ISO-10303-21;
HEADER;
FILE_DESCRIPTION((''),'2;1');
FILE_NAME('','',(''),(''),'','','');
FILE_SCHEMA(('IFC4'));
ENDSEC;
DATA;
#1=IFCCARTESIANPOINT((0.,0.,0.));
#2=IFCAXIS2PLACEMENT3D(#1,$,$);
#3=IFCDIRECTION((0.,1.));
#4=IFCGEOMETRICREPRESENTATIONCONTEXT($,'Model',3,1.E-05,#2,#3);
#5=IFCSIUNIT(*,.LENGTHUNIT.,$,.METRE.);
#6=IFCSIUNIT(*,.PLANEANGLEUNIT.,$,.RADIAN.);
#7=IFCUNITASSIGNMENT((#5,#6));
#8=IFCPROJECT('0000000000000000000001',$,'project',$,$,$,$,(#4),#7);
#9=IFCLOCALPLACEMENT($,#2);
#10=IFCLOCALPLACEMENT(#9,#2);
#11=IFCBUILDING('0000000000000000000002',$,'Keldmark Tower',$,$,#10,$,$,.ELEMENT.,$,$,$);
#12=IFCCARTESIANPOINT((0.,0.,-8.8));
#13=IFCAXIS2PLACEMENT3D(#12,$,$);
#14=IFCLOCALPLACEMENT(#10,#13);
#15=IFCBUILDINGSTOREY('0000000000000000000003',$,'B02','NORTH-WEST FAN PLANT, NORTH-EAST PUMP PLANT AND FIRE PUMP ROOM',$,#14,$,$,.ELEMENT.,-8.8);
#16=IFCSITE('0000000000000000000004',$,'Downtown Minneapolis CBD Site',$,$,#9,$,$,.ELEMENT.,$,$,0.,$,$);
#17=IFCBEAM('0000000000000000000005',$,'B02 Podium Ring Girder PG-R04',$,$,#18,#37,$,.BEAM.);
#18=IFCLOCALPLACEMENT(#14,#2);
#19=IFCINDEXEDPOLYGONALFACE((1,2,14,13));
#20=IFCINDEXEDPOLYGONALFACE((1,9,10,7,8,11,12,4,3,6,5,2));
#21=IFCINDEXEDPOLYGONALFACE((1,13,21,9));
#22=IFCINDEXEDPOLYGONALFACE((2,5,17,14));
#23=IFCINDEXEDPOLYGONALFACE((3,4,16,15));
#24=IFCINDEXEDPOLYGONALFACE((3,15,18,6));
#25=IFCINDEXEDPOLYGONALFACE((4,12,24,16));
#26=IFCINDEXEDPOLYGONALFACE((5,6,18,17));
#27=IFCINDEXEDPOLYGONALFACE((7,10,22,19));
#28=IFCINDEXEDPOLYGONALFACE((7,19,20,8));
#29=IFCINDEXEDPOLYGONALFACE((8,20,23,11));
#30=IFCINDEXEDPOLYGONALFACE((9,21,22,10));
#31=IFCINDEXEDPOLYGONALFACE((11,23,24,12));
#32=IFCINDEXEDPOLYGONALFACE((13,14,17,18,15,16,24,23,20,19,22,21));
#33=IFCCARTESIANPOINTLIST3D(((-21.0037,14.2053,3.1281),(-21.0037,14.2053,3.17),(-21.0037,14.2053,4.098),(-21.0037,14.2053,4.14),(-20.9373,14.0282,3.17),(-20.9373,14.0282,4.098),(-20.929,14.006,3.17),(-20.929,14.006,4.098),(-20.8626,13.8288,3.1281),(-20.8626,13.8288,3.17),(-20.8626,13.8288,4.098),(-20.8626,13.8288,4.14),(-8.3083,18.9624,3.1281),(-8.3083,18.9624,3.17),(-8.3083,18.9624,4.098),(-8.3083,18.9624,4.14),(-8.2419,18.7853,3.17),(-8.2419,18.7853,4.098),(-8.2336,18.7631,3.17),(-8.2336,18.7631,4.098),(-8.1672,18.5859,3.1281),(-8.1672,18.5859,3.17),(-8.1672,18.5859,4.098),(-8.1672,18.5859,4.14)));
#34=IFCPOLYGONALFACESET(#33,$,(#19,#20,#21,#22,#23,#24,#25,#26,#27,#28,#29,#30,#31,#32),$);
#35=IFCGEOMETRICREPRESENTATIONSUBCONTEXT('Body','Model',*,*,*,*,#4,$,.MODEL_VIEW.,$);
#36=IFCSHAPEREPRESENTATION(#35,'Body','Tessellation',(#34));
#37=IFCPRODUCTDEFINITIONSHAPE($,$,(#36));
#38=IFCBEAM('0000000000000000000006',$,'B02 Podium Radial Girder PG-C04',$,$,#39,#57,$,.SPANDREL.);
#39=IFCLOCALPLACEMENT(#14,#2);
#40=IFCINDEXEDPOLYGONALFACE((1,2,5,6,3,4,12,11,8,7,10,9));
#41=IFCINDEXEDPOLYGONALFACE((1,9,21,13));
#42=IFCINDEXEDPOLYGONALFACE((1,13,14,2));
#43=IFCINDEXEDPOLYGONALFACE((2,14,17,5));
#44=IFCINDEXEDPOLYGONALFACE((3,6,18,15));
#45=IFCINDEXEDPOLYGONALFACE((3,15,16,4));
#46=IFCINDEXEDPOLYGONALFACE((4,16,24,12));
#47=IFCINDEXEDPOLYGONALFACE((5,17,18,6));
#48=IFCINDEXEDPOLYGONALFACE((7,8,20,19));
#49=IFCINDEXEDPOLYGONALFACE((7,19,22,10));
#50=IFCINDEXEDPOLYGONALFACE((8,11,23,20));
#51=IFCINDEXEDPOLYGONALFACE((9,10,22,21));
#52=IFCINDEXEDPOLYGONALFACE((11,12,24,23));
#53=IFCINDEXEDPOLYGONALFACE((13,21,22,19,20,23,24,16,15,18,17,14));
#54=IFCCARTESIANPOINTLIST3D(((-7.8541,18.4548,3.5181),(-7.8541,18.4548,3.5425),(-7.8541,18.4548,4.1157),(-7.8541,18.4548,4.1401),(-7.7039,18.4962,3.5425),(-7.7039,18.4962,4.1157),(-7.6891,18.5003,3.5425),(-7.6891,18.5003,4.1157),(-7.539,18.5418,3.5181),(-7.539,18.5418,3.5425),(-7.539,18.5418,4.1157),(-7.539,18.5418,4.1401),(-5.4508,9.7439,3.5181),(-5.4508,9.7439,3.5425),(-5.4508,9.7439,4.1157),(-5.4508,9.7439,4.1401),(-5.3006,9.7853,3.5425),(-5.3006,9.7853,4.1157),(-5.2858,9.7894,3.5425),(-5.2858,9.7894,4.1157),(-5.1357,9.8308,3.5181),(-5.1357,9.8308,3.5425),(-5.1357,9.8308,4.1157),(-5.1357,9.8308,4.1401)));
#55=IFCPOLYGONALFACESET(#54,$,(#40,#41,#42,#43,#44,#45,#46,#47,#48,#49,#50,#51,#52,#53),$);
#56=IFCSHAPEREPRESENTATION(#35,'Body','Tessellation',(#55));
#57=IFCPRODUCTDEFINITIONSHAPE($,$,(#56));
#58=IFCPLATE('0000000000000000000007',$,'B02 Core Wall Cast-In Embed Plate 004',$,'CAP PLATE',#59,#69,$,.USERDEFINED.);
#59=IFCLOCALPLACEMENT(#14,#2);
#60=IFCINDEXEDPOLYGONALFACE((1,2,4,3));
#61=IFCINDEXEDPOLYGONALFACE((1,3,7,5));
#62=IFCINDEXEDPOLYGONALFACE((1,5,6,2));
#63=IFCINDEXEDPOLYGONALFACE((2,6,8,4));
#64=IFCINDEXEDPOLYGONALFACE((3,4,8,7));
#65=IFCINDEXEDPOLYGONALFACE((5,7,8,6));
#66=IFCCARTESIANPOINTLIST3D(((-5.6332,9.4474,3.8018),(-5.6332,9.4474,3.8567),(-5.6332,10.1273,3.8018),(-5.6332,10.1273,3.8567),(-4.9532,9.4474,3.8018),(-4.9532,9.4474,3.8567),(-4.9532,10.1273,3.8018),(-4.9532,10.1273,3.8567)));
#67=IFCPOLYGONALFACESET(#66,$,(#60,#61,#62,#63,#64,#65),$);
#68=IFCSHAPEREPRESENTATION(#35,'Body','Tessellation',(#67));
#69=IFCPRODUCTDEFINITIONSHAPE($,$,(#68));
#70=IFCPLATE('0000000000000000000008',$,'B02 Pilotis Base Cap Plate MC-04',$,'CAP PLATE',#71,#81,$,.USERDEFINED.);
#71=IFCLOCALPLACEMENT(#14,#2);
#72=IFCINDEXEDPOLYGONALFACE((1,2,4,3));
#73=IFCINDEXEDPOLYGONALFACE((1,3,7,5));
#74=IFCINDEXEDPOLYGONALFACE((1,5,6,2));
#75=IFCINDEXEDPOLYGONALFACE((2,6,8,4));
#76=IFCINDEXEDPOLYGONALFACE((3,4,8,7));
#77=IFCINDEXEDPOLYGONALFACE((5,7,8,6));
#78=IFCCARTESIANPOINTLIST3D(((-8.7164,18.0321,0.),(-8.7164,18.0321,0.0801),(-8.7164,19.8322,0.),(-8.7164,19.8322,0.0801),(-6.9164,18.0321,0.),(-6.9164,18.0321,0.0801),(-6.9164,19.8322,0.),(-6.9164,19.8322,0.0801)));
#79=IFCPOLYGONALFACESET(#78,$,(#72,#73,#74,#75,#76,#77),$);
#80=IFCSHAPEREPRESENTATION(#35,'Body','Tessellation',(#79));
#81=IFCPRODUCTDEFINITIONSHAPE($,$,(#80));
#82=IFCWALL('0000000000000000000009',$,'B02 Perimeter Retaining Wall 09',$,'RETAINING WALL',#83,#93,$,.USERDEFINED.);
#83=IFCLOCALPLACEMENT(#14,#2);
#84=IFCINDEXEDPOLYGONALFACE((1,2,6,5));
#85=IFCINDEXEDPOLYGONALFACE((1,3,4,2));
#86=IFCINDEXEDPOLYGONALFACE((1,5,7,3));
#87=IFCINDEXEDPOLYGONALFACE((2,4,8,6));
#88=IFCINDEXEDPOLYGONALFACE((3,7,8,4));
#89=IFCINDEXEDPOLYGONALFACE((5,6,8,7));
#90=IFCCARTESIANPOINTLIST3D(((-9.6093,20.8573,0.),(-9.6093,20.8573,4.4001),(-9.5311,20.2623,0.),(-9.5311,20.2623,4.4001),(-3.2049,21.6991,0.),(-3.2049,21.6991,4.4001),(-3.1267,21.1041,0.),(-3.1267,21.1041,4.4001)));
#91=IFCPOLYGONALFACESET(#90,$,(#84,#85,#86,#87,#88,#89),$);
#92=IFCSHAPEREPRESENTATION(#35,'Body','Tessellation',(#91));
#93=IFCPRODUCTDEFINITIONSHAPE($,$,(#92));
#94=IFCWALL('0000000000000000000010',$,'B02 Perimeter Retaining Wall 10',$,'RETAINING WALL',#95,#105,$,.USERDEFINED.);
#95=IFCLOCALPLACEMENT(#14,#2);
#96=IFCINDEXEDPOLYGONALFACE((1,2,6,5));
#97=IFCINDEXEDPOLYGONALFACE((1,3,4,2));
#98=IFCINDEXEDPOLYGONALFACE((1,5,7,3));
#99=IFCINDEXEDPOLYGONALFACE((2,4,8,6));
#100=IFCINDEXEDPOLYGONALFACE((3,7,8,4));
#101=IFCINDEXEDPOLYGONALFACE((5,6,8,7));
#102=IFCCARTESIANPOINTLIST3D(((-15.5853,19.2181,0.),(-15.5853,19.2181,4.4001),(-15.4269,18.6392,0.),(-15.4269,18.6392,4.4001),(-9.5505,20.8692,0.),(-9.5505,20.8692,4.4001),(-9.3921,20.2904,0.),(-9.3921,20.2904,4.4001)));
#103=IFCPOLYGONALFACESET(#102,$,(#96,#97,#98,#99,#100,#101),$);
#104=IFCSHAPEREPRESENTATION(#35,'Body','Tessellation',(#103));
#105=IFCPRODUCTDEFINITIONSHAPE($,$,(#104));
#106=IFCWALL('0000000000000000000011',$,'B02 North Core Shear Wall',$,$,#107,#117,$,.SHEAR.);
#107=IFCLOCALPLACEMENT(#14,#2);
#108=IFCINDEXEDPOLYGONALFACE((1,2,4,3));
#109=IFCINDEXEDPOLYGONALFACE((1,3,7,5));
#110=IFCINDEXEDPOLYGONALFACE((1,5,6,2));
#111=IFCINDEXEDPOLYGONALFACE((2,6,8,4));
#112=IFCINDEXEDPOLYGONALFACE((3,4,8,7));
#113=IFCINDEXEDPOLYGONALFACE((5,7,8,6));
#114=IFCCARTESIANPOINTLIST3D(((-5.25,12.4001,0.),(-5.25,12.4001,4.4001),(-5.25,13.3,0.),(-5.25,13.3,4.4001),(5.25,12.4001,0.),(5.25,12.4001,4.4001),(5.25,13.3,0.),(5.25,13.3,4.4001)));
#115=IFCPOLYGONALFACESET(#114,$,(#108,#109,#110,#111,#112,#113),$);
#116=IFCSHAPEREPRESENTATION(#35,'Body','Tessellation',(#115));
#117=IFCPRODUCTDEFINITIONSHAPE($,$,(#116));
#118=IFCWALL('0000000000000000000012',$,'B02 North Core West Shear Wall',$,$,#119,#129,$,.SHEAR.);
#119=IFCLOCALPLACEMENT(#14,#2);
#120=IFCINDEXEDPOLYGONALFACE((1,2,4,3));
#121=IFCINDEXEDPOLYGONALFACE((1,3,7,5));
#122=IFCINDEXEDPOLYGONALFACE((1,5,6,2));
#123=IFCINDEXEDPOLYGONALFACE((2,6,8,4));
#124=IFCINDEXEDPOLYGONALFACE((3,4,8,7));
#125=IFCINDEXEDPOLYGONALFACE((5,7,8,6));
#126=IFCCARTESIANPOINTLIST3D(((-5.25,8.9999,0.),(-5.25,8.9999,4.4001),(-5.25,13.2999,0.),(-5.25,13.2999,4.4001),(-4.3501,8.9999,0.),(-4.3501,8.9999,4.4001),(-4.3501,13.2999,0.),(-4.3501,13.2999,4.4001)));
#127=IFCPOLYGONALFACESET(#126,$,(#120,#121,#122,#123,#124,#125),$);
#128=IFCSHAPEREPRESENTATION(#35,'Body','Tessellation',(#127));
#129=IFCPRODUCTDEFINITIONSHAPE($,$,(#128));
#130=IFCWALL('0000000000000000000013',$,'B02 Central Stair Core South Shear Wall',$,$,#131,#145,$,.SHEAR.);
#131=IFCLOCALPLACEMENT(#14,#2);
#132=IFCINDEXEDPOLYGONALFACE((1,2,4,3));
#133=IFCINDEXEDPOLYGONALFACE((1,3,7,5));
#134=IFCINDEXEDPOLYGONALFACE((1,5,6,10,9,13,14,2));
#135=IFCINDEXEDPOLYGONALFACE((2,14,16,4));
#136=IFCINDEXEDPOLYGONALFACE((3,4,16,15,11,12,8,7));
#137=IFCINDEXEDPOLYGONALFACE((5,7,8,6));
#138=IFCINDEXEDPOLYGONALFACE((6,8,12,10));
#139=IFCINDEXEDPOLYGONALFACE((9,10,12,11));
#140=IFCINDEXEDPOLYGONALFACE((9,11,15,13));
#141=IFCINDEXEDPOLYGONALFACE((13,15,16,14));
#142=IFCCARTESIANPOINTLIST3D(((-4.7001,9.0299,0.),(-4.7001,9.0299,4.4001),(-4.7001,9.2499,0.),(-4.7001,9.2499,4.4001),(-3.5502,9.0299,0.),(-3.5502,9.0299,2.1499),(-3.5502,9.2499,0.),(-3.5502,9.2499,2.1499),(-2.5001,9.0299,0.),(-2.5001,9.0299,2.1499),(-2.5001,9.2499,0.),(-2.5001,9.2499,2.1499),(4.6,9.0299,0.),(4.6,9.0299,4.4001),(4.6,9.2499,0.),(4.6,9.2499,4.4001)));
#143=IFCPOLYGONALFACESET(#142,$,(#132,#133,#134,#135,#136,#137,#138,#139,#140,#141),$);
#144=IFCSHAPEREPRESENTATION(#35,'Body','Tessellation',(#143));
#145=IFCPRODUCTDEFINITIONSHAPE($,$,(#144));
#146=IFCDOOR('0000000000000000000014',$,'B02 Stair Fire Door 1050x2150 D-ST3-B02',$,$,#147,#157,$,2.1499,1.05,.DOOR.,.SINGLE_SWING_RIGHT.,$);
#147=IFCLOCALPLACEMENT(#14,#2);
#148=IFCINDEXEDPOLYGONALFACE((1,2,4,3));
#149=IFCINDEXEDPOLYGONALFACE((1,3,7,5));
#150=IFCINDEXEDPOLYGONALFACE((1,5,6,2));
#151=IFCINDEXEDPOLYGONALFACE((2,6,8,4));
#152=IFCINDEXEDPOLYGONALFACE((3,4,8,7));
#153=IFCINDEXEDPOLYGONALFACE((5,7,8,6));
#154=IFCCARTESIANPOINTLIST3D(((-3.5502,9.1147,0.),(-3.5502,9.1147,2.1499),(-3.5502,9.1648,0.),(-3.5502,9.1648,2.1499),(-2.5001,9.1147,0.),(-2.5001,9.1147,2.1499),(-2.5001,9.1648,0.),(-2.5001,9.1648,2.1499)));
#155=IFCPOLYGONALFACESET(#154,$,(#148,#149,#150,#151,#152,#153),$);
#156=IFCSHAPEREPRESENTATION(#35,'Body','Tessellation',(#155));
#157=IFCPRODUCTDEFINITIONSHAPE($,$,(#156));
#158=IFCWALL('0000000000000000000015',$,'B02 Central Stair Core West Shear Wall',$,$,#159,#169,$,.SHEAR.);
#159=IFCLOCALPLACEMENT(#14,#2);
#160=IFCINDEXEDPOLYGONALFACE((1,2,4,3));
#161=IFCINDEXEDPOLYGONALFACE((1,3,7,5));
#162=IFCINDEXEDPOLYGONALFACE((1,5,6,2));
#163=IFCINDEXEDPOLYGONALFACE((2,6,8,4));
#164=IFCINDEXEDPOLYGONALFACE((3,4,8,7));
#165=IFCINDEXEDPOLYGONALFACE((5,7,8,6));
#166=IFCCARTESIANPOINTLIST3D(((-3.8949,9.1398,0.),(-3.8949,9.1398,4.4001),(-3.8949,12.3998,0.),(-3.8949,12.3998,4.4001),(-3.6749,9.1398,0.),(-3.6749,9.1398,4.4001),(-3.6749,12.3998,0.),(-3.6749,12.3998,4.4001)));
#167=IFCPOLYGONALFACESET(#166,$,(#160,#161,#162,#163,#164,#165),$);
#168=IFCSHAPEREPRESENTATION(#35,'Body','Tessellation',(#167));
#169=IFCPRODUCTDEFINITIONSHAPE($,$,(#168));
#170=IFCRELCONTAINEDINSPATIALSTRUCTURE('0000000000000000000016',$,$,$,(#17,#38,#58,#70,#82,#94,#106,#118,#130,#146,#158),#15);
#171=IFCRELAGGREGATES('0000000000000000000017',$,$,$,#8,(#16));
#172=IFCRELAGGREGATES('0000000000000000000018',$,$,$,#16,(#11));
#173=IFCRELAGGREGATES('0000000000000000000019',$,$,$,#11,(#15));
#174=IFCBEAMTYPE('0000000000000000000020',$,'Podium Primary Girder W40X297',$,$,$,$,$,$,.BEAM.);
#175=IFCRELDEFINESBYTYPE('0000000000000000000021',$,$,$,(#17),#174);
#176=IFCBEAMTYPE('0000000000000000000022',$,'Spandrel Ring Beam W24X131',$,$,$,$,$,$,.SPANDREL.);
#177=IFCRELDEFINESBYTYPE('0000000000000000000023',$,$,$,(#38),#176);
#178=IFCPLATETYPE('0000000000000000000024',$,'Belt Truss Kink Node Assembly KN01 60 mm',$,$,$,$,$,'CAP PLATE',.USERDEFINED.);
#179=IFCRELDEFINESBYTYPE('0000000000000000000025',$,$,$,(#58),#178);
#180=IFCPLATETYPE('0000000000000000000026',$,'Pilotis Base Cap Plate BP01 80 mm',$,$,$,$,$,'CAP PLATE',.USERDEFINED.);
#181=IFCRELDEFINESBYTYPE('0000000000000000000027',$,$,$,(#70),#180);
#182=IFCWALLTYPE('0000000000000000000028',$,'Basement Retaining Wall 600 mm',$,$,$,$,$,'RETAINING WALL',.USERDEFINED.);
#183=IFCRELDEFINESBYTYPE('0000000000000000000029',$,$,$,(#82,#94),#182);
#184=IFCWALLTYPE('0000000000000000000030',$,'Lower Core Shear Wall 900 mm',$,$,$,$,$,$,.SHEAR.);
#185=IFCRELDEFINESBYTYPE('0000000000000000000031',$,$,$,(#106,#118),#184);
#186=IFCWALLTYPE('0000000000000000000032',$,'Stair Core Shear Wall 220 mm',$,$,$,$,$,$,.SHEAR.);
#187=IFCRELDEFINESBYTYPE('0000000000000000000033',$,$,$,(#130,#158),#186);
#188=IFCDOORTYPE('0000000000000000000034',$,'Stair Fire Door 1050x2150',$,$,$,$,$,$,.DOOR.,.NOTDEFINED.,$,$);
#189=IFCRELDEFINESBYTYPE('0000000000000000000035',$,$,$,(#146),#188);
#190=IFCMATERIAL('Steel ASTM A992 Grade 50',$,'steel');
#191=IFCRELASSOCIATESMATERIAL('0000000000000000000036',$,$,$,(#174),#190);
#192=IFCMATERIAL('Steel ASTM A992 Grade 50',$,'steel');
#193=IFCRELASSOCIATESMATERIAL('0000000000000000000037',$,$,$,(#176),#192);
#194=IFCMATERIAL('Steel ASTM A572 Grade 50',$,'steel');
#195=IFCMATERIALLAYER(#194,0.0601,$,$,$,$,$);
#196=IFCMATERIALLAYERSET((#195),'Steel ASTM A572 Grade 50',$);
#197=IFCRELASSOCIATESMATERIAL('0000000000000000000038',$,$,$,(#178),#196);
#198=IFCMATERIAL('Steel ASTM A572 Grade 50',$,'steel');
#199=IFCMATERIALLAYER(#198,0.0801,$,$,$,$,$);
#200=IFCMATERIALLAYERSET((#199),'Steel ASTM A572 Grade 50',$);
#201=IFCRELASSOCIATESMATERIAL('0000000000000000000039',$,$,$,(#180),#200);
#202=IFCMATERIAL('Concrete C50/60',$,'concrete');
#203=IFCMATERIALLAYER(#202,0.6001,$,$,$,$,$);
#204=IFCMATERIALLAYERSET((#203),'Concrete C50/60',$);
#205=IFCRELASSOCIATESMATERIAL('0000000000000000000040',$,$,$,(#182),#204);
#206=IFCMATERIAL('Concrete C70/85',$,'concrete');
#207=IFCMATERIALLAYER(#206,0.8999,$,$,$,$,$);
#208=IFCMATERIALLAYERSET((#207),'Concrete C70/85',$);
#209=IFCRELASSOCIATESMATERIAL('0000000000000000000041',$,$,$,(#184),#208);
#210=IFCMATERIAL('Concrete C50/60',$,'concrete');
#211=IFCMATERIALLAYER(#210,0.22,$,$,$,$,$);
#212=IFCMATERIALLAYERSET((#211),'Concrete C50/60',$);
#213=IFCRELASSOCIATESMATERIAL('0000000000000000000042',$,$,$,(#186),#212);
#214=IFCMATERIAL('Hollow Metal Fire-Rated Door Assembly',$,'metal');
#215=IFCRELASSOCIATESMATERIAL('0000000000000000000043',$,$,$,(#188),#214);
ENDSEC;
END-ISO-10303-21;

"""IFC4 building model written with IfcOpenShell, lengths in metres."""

from ifc_helpers import new_model, si_unit, direction, frame, frame_2d, origin, origin_2d, place, context, subcontext, project, spatial, rectangle, i_section, extrude, material, layer, layer_set, material_profile, profile_set, type_object, element, fill, save


model = new_model("IFC4")

# Units and contexts
model_context = context("Model", 3, precision=1e-05, world=origin(), true_north=direction((0.0, 1.0)))
body_context = subcontext(model_context, "Body", "Model", "MODEL_VIEW")
ifc_project = project(units=[si_unit("LENGTHUNIT", "METRE"), si_unit("PLANEANGLEUNIT", "RADIAN")], contexts=[model_context])

# Site, building, storey
site_placement = place(None, origin())
site = spatial("IfcSite", under=ifc_project, at=site_placement, Name="Downtown Minneapolis CBD Site", CompositionType="ELEMENT", RefElevation=0.0)
building_placement = place(site_placement, origin())
building = spatial("IfcBuilding", under=site, at=building_placement, Name="Keldmark Tower", CompositionType="ELEMENT")
storey_placement = place(building_placement, frame((0.0, 0.0, -8.8)))
storey = spatial("IfcBuildingStorey", under=building, at=storey_placement, Name="B02", Description="NORTH-WEST FAN PLANT, NORTH-EAST PUMP PLANT AND FIRE PUMP ROOM", CompositionType="ELEMENT", Elevation=-8.8)

# Beams
ifc_material_1 = material(Name="Steel ASTM A992 Grade 50", Category="steel")
ifc_material_profile_1 = material_profile(ifc_material_1, i_section(OverallWidth=0.4021, OverallDepth=1.012, WebThickness=0.0237, FlangeThickness=0.042, at=origin_2d()), Name="W40X297")
ifc_profile_set_1 = profile_set([ifc_material_profile_1], Name="Steel ASTM A992 Grade 50")
beam_type_1 = type_object("IfcBeamType", Name="Podium Primary Girder W40X297", PredefinedType="BEAM", material=ifc_profile_set_1)
beam_1_placement = place(storey_placement, frame((-8.2378, 18.7742, 3.634), z_axis=(-0.936418, -0.350887, 0.0), x_axis=(0.350887, -0.936418, 0.0)))
element("IfcBeam", 1, at=beam_1_placement, inside=storey, type_object=beam_type_1, Name="B02 Podium Ring Girder PG-R04", PredefinedType="BEAM", context=body_context, shape_type="SweptSolid", body=[
    extrude(i_section(OverallWidth=0.4021, OverallDepth=1.012, WebThickness=0.0237, FlangeThickness=0.042, at=origin_2d()), origin(), (0.0, 0.0, 1.0), 13.5574),
])
ifc_material_2 = material(Name="Steel ASTM A992 Grade 50", Category="steel")
ifc_material_profile_2 = material_profile(ifc_material_2, i_section(OverallWidth=0.3269, OverallDepth=0.6221, WebThickness=0.0154, FlangeThickness=0.0244, at=origin_2d()), Name="W24X131")
ifc_profile_set_2 = profile_set([ifc_material_profile_2], Name="Steel ASTM A992 Grade 50")
beam_type_2 = type_object("IfcBeamType", Name="Spandrel Ring Beam W24X131", PredefinedType="SPANDREL", material=ifc_profile_set_2)
beam_2_placement = place(storey_placement, frame((-7.6965, 18.4983, 3.8291), z_axis=(0.26596, -0.963984, 0.0), x_axis=(0.963984, 0.26596, 0.0)))
element("IfcBeam", 2, at=beam_2_placement, inside=storey, type_object=beam_type_2, Name="B02 Podium Radial Girder PG-C04", PredefinedType="SPANDREL", context=body_context, shape_type="SweptSolid", body=[
    extrude(i_section(OverallWidth=0.3269, OverallDepth=0.6221, WebThickness=0.0154, FlangeThickness=0.0244, at=origin_2d()), origin(), (0.0, 0.0, 1.0), 9.0364),
])

# Plates
ifc_material_3 = material(Name="Steel ASTM A572 Grade 50", Category="steel")
ifc_layer_1 = layer(ifc_material_3, 0.0601)
ifc_layer_set_1 = layer_set([ifc_layer_1], Name="Steel ASTM A572 Grade 50")
plate_type_1 = type_object("IfcPlateType", Name="Belt Truss Kink Node Assembly KN01 60 mm", ElementType="CAP PLATE", PredefinedType="USERDEFINED", material=ifc_layer_set_1)
plate_1_placement = place(storey_placement, frame((-5.2932, 9.7874, 3.8018), z_axis=(0.0, 0.0, 1.0), x_axis=(1.0, 0.0, 0.0)))
element("IfcPlate", 3, at=plate_1_placement, inside=storey, type_object=plate_type_1, Name="B02 Core Wall Cast-In Embed Plate 004", ObjectType="CAP PLATE", PredefinedType="USERDEFINED", context=body_context, shape_type="SweptSolid", body=[
    extrude(rectangle(XDim=0.6799, YDim=0.6799, at=origin_2d()), origin(), (0.0, 0.0, 1.0), 0.0549),
])
ifc_material_4 = material(Name="Steel ASTM A572 Grade 50", Category="steel")
ifc_layer_2 = layer(ifc_material_4, 0.0801)
ifc_layer_set_2 = layer_set([ifc_layer_2], Name="Steel ASTM A572 Grade 50")
plate_type_2 = type_object("IfcPlateType", Name="Pilotis Base Cap Plate BP01 80 mm", ElementType="CAP PLATE", PredefinedType="USERDEFINED", material=ifc_layer_set_2)
plate_2_placement = place(storey_placement, frame((-7.8164, 18.9321, 0.0), z_axis=(0.0, 0.0, 1.0), x_axis=(1.0, 0.0, 0.0)))
element("IfcPlate", 4, at=plate_2_placement, inside=storey, type_object=plate_type_2, Name="B02 Pilotis Base Cap Plate MC-04", ObjectType="CAP PLATE", PredefinedType="USERDEFINED", context=body_context, shape_type="SweptSolid", body=[
    extrude(rectangle(XDim=1.8, YDim=1.8, at=origin_2d()), origin(), (0.0, 0.0, 1.0), 0.0801),
])

# Walls
ifc_material_5 = material(Name="Concrete C50/60", Category="concrete")
ifc_layer_3 = layer(ifc_material_5, 0.6001)
ifc_layer_set_3 = layer_set([ifc_layer_3], Name="Concrete C50/60")
wall_type_1 = type_object("IfcWallType", Name="Basement Retaining Wall 600 mm", ElementType="RETAINING WALL", PredefinedType="USERDEFINED", material=ifc_layer_set_3)
wall_1_placement = place(storey_placement, frame((-3.1658, 21.4016, 0.0), z_axis=(0.0, 0.0, 1.0), x_axis=(-0.991472, -0.130322, 0.0)))
element("IfcWall", 5, at=wall_1_placement, inside=storey, type_object=wall_type_1, Name="B02 Perimeter Retaining Wall 09", ObjectType="RETAINING WALL", PredefinedType="USERDEFINED", context=body_context, shape_type="SweptSolid", body=[
    extrude(rectangle(XDim=6.4595, YDim=0.6001, at=frame_2d((3.2297, 0.0))), origin(), (0.0, 0.0, 1.0), 4.4001),
])
wall_2_placement = place(storey_placement, frame((-9.4712, 20.5798, 0.0), z_axis=(0.0, 0.0, 1.0), x_axis=(-0.964548, -0.263906, 0.0)))
element("IfcWall", 6, at=wall_2_placement, inside=storey, type_object=wall_type_1, Name="B02 Perimeter Retaining Wall 10", ObjectType="RETAINING WALL", PredefinedType="USERDEFINED", context=body_context, shape_type="SweptSolid", body=[
    extrude(rectangle(XDim=6.2566, YDim=0.6001, at=frame_2d((3.1284, 0.0))), origin(), (0.0, 0.0, 1.0), 4.4001),
])
ifc_material_6 = material(Name="Concrete C70/85", Category="concrete")
ifc_layer_4 = layer(ifc_material_6, 0.8999)
ifc_layer_set_4 = layer_set([ifc_layer_4], Name="Concrete C70/85")
wall_type_2 = type_object("IfcWallType", Name="Lower Core Shear Wall 900 mm", PredefinedType="SHEAR", material=ifc_layer_set_4)
wall_3_placement = place(storey_placement, frame((-5.25, 12.8501, 0.0), z_axis=(0.0, 0.0, 1.0), x_axis=(1.0, 0.0, 0.0)))
element("IfcWall", 7, at=wall_3_placement, inside=storey, type_object=wall_type_2, Name="B02 North Core Shear Wall", PredefinedType="SHEAR", context=body_context, shape_type="SweptSolid", body=[
    extrude(rectangle(XDim=10.5, YDim=0.8999, at=frame_2d((5.25, 0.0))), origin(), (0.0, 0.0, 1.0), 4.4001),
])
wall_4_placement = place(storey_placement, frame((-4.8, 9.0, 0.0), z_axis=(0.0, 0.0, 1.0), x_axis=(0.0, 1.0, 0.0)))
element("IfcWall", 8, at=wall_4_placement, inside=storey, type_object=wall_type_2, Name="B02 North Core West Shear Wall", PredefinedType="SHEAR", context=body_context, shape_type="SweptSolid", body=[
    extrude(rectangle(XDim=4.3, YDim=0.8999, at=frame_2d((2.1499, 0.0))), origin(), (0.0, 0.0, 1.0), 4.4001),
])

# Wall, opening, door
ifc_material_7 = material(Name="Concrete C50/60", Category="concrete")
ifc_layer_5 = layer(ifc_material_7, 0.22)
ifc_layer_set_5 = layer_set([ifc_layer_5], Name="Concrete C50/60")
wall_type_3 = type_object("IfcWallType", Name="Stair Core Shear Wall 220 mm", PredefinedType="SHEAR", material=ifc_layer_set_5)
wall_5_placement = place(storey_placement, frame((-4.7, 9.1399, 0.0), z_axis=(0.0, 0.0, 1.0), x_axis=(1.0, 0.0, 0.0)))
wall_5 = element("IfcWall", 9, at=wall_5_placement, inside=storey, type_object=wall_type_3, Name="B02 Central Stair Core South Shear Wall", PredefinedType="SHEAR", context=body_context, shape_type="SweptSolid", body=[
    extrude(rectangle(XDim=9.3, YDim=0.22, at=frame_2d((4.6499, 0.0))), origin(), (0.0, 0.0, 1.0), 4.4001),
])
opening_placement = place(wall_5_placement, frame((1.1499, 0.0, 0.0)))
opening = element("IfcOpeningElement", 10, at=opening_placement, cuts=wall_5, PredefinedType="OPENING", context=body_context, shape_type="SweptSolid", body=[
    extrude(rectangle(XDim=1.05, YDim=2.1499, at=frame_2d((0.5249, 1.075))), frame((0.0, 0.1199, 0.0), z_axis=(0.0, -1.0, 0.0), x_axis=(1.0, 0.0, 0.0)), (0.0, 0.0, 1.0), 0.24),
])
ifc_material_8 = material(Name="Hollow Metal Fire-Rated Door Assembly", Category="metal")
door_type = type_object("IfcDoorType", Name="Stair Fire Door 1050x2150", OperationType="NOTDEFINED", PredefinedType="DOOR", material=ifc_material_8)
door_placement = place(opening_placement, origin())
door = element("IfcDoor", 11, at=door_placement, inside=storey, type_object=door_type, Name="B02 Stair Fire Door 1050x2150 D-ST3-B02", OperationType="SINGLE_SWING_RIGHT", OverallHeight=2.1499, OverallWidth=1.05, PredefinedType="DOOR", context=body_context, shape_type="SweptSolid", body=[
    extrude(rectangle(XDim=1.05, YDim=2.1499, at=frame_2d((0.5249, 1.075))), frame((0.0, 0.0249, 0.0), z_axis=(0.0, -1.0, 0.0), x_axis=(1.0, 0.0, 0.0)), (0.0, 0.0, 1.0), 0.05),
])
fill(opening, door)

# Wall
wall_6_placement = place(storey_placement, frame((-3.7849, 9.1399, 0.0), z_axis=(0.0, 0.0, 1.0), x_axis=(0.0, 1.0, 0.0)))
element("IfcWall", 12, at=wall_6_placement, inside=storey, type_object=wall_type_3, Name="B02 Central Stair Core West Shear Wall", PredefinedType="SHEAR", context=body_context, shape_type="SweptSolid", body=[
    extrude(rectangle(XDim=3.26, YDim=0.22, at=frame_2d((1.6299, 0.0))), origin(), (0.0, 0.0, 1.0), 4.4001),
])

save(model, "model.ifc")
